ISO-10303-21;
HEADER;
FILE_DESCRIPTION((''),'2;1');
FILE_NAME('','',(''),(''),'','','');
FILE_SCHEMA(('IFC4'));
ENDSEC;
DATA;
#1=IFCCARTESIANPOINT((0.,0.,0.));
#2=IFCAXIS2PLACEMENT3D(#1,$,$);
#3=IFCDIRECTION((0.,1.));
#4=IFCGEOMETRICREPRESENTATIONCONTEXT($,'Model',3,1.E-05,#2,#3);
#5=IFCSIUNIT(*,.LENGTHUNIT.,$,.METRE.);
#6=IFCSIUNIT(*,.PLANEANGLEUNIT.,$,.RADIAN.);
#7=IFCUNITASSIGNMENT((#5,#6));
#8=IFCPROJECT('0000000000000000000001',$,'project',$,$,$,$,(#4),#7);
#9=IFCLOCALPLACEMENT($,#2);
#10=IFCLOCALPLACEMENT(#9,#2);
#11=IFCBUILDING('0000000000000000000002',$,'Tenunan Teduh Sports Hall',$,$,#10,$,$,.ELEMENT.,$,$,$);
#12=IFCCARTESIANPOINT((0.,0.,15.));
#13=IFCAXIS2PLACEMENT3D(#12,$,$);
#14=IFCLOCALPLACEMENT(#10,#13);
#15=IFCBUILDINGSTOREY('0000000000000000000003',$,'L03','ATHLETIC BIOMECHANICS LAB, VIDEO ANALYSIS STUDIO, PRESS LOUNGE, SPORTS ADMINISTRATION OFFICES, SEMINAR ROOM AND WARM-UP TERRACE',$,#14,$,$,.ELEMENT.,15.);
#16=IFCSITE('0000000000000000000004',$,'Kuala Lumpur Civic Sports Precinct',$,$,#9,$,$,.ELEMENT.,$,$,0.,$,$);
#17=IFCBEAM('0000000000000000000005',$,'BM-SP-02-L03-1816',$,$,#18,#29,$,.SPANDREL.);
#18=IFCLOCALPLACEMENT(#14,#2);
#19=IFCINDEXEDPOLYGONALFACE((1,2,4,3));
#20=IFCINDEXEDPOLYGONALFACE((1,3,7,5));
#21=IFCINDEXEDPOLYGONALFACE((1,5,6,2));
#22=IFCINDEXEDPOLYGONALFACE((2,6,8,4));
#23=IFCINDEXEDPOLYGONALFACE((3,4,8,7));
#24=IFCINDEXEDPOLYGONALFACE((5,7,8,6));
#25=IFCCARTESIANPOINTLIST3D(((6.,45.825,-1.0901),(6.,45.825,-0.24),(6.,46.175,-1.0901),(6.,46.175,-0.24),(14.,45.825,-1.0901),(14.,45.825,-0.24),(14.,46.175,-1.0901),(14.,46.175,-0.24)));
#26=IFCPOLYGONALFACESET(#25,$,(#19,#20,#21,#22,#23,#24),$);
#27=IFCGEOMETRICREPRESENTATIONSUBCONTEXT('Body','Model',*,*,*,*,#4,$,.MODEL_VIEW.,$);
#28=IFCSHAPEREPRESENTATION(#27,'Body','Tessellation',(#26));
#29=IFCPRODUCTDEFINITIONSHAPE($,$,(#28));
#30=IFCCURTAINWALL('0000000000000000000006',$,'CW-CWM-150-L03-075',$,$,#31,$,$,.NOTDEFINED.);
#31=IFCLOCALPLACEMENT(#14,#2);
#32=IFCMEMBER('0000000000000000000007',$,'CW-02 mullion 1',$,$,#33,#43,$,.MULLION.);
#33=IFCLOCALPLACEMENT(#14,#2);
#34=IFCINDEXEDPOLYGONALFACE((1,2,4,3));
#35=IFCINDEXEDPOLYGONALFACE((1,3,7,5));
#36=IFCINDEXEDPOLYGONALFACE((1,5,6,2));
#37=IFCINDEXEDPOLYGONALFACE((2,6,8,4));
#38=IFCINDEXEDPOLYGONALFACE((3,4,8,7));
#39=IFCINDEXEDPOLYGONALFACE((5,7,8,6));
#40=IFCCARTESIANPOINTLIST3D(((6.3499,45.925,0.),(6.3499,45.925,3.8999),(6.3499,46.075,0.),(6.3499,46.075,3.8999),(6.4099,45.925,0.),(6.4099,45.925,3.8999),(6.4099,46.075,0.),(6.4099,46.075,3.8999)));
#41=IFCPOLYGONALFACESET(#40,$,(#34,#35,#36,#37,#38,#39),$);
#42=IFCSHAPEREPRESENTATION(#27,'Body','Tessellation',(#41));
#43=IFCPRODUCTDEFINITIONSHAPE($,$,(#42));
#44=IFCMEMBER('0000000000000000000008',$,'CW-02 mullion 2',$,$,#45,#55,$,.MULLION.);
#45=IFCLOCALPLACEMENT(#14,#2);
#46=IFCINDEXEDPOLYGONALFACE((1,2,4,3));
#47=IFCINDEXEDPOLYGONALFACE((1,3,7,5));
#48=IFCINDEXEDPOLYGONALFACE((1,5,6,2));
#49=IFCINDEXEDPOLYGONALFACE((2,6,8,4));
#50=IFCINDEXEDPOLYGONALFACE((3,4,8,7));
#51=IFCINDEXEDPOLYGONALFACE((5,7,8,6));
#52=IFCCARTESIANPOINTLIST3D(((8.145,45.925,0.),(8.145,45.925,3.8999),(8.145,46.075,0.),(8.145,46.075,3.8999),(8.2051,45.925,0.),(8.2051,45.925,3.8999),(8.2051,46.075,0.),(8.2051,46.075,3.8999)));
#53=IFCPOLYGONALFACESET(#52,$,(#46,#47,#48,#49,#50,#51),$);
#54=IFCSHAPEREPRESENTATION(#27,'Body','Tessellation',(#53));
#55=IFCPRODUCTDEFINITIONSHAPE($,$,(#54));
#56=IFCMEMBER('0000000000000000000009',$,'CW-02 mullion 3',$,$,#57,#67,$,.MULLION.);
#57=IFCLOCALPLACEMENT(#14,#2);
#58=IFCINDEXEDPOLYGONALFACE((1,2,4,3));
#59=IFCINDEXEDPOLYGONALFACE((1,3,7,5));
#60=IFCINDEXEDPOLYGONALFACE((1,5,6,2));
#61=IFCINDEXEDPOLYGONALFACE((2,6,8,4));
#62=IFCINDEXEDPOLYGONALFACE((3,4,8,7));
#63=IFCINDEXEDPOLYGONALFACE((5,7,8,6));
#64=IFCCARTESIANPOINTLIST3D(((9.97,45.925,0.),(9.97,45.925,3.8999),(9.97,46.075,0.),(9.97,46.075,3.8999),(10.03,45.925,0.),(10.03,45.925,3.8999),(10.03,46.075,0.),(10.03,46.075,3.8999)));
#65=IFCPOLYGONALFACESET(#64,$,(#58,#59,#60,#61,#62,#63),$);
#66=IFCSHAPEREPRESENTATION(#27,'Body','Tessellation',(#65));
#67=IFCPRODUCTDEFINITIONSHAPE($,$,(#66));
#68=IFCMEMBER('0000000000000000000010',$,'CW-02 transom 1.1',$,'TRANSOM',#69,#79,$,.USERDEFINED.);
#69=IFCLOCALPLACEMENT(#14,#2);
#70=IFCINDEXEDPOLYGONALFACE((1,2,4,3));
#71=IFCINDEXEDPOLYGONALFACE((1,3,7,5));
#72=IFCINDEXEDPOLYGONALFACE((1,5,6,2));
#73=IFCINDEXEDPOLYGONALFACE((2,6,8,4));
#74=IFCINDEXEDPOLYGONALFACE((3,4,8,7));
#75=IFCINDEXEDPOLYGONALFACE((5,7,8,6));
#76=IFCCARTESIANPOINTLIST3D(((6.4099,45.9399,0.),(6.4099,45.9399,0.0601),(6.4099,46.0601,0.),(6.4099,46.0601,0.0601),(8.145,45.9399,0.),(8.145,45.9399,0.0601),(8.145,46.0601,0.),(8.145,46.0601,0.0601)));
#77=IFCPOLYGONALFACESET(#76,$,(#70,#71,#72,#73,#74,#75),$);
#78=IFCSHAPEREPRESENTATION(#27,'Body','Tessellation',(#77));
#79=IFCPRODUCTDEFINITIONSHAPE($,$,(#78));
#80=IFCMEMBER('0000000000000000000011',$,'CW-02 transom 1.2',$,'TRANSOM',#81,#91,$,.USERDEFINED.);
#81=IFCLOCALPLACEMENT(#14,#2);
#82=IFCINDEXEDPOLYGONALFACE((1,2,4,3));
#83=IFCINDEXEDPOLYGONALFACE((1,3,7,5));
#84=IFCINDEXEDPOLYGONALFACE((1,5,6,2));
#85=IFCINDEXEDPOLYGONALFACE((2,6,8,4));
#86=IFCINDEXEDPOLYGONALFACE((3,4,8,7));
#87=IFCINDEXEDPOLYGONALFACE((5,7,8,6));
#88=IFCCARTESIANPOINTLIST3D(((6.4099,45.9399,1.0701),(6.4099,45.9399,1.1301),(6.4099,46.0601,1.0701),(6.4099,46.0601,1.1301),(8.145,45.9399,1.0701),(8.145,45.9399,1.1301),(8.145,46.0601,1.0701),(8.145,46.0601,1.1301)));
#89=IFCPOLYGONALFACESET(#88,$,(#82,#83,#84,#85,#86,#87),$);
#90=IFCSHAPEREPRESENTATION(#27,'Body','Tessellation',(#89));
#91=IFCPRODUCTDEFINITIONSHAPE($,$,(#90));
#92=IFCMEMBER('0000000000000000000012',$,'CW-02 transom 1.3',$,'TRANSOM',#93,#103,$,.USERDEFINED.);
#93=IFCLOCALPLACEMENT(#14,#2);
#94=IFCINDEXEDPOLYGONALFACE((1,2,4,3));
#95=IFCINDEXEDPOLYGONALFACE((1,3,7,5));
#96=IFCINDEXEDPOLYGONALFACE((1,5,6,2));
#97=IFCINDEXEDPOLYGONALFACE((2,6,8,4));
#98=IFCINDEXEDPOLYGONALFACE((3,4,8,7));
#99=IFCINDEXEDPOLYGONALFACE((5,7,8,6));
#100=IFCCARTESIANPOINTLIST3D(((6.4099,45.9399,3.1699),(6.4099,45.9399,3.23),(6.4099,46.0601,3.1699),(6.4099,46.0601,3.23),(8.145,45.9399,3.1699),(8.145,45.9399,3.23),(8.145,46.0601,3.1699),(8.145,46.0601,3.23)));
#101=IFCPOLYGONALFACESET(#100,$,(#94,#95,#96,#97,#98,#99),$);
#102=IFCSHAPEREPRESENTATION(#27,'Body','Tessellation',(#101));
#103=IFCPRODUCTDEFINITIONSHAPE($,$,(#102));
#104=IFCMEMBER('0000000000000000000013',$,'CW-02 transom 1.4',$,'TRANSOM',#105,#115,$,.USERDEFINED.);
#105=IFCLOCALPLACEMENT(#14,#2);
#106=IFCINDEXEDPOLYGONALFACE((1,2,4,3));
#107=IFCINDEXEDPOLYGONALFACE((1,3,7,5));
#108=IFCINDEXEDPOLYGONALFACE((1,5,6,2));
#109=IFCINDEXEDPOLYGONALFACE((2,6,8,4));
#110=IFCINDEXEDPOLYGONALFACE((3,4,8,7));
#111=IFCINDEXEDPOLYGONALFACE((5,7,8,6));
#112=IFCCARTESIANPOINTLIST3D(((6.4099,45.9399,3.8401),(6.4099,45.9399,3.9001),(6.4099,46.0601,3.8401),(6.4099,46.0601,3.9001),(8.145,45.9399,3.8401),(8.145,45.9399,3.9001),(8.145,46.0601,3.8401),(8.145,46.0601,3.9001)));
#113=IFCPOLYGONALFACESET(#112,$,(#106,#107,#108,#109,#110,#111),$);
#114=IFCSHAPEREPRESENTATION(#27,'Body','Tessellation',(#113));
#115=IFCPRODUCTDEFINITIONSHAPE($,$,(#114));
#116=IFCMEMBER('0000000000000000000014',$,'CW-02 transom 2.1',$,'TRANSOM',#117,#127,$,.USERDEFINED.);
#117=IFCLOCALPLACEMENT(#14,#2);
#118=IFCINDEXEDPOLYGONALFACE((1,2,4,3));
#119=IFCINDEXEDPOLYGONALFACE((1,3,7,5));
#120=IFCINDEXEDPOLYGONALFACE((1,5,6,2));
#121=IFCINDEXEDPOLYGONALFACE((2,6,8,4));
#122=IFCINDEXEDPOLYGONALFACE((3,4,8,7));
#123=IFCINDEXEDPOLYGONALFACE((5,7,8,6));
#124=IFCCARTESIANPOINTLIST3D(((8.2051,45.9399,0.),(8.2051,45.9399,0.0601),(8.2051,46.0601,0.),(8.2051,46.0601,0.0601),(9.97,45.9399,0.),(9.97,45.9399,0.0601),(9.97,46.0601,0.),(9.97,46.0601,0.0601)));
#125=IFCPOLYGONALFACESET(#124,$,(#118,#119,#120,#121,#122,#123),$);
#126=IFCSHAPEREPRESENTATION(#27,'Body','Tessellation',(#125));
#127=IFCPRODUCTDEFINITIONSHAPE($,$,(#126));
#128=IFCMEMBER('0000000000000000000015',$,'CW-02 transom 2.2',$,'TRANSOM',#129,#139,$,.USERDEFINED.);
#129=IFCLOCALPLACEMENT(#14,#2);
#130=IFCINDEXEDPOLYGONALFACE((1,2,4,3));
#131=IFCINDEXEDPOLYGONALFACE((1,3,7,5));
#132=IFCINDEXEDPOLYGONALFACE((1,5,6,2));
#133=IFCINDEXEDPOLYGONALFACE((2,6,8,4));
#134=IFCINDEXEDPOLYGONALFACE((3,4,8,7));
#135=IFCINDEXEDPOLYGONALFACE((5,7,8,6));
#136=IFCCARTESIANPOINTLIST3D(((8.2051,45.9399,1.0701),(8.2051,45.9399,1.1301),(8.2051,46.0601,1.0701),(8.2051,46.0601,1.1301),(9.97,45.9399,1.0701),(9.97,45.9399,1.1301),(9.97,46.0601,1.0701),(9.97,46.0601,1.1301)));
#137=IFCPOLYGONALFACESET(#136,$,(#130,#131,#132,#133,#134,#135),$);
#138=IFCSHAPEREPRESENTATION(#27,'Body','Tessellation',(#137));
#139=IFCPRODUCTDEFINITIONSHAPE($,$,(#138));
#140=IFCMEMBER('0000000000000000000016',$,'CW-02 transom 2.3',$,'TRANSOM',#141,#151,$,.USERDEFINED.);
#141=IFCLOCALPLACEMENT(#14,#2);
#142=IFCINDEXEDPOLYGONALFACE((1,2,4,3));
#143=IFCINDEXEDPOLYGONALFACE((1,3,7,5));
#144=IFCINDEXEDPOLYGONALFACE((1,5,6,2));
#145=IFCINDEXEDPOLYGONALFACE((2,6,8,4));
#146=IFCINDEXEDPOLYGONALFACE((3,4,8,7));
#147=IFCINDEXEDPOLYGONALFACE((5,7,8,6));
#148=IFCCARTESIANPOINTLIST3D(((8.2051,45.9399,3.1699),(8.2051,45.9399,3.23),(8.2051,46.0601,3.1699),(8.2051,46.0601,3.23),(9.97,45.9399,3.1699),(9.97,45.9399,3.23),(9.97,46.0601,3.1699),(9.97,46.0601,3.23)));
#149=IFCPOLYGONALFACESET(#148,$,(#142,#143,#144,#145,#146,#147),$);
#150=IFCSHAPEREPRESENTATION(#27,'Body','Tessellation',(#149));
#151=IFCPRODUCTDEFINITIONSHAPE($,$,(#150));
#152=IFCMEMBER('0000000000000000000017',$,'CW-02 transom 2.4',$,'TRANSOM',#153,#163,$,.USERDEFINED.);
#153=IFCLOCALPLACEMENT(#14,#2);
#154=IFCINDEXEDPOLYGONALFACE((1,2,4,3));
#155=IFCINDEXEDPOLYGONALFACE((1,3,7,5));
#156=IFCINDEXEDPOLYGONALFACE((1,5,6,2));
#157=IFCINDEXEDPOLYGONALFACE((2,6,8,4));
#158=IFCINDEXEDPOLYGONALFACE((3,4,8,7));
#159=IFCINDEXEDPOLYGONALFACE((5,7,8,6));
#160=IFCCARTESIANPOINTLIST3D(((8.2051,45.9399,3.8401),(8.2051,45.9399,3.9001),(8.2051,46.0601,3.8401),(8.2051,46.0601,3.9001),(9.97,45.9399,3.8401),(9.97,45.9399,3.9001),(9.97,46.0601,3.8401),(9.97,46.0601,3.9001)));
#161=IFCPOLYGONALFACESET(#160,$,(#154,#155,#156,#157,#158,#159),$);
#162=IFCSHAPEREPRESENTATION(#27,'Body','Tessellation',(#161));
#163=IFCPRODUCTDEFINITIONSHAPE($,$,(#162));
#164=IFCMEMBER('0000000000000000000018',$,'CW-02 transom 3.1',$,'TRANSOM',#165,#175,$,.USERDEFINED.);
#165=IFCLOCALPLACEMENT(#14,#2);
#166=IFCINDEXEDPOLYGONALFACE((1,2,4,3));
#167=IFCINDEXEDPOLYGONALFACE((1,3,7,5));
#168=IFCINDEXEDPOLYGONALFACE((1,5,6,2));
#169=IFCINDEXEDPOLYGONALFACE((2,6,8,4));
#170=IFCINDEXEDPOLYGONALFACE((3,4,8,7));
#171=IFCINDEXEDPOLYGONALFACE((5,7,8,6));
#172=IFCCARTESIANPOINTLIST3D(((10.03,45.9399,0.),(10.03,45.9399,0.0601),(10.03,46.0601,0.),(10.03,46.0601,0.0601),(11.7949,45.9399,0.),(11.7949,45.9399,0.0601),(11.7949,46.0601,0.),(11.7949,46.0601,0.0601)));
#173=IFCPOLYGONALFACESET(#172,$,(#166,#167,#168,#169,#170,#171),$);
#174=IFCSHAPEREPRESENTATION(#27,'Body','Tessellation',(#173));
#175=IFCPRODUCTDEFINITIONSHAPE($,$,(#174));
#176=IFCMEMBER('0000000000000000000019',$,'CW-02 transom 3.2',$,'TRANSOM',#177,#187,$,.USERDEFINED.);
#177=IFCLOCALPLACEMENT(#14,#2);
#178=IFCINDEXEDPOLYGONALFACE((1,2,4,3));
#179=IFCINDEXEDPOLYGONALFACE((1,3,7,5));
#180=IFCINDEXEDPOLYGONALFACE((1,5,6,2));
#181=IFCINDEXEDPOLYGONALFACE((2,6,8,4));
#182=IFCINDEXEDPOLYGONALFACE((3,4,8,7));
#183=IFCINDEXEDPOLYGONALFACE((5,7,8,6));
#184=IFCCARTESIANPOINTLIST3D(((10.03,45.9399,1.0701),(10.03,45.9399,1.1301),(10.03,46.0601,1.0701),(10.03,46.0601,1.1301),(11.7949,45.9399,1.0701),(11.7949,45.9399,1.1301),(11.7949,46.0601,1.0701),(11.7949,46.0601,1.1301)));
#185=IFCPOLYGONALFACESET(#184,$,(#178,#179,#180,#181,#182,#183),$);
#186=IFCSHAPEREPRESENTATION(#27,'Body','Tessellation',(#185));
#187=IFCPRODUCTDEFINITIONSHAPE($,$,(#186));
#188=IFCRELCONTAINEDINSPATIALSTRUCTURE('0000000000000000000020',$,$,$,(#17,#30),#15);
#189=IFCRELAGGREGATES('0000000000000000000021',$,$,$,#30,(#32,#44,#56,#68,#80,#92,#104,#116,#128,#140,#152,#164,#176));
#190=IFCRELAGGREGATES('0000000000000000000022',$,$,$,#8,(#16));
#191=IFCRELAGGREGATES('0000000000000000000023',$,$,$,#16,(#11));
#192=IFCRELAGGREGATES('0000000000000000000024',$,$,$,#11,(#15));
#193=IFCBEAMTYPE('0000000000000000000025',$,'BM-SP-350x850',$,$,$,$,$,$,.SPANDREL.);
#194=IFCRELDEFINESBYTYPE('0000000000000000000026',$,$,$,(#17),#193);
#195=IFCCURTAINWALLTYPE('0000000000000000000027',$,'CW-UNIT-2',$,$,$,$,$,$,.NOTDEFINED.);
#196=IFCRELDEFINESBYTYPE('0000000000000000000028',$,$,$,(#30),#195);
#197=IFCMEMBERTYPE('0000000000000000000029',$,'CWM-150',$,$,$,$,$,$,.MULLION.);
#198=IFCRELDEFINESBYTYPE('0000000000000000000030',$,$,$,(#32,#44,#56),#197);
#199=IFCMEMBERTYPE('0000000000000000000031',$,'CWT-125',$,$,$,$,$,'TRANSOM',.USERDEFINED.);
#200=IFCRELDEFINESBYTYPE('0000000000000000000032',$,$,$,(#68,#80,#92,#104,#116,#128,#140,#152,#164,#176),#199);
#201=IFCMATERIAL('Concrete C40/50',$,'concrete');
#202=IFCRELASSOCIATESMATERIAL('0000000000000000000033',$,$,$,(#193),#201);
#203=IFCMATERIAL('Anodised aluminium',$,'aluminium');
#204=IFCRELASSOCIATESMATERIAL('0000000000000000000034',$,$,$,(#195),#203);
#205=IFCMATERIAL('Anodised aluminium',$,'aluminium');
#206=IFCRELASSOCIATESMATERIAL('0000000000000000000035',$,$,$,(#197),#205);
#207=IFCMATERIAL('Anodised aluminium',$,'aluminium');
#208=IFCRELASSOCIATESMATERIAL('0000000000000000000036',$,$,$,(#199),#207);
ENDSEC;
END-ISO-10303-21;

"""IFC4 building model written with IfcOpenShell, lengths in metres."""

from ifc_helpers import new_model, si_unit, direction, frame, origin, origin_2d, place, context, subcontext, project, spatial, rectangle, extrude, material, material_profile, profile_set, type_object, element, aggregate, save


model = new_model("IFC4")

# Units and contexts
model_context = context("Model", 3, precision=1e-05, world=origin(), true_north=direction((0.0, 1.0)))
body_context = subcontext(model_context, "Body", "Model", "MODEL_VIEW")
ifc_project = project(units=[si_unit("LENGTHUNIT", "METRE"), si_unit("PLANEANGLEUNIT", "RADIAN")], contexts=[model_context])

# Site, building, storey
site_placement = place(None, origin())
site = spatial("IfcSite", under=ifc_project, at=site_placement, Name="Kuala Lumpur Civic Sports Precinct", CompositionType="ELEMENT", RefElevation=0.0)
building_placement = place(site_placement, origin())
building = spatial("IfcBuilding", under=site, at=building_placement, Name="Tenunan Teduh Sports Hall", CompositionType="ELEMENT")
storey_placement = place(building_placement, frame((0.0, 0.0, 15.0)))
storey = spatial("IfcBuildingStorey", under=building, at=storey_placement, Name="L03", Description="ATHLETIC BIOMECHANICS LAB, VIDEO ANALYSIS STUDIO, PRESS LOUNGE, SPORTS ADMINISTRATION OFFICES, SEMINAR ROOM AND WARM-UP TERRACE", CompositionType="ELEMENT", Elevation=15.0)

# Beam
ifc_material_1 = material(Name="Concrete C40/50", Category="concrete")
ifc_material_profile_1 = material_profile(ifc_material_1, rectangle(XDim=0.3501, YDim=0.8501, at=origin_2d()), Name="SPB 350x850")
ifc_profile_set_1 = profile_set([ifc_material_profile_1], Name="Concrete C40/50")
beam_type = type_object("IfcBeamType", Name="BM-SP-350x850", PredefinedType="SPANDREL", material=ifc_profile_set_1)
beam_placement = place(storey_placement, frame((6.0, 46.0, -0.665), z_axis=(1.0, 0.0, 0.0), x_axis=(0.0, 1.0, 0.0)))
element("IfcBeam", 1, at=beam_placement, inside=storey, type_object=beam_type, Name="BM-SP-02-L03-1816", PredefinedType="SPANDREL", context=body_context, shape_type="SweptSolid", body=[
    extrude(rectangle(XDim=0.3501, YDim=0.8501, at=origin_2d()), origin(), (0.0, 0.0, 1.0), 8.0),
])

# Curtain wall, members
ifc_material_2 = material(Name="Anodised aluminium", Category="aluminium")
curtain_wall_type = type_object("IfcCurtainWallType", Name="CW-UNIT-2", PredefinedType="NOTDEFINED", material=ifc_material_2)
curtain_wall_placement = place(storey_placement, origin())
curtain_wall = element("IfcCurtainWall", 2, at=curtain_wall_placement, inside=storey, type_object=curtain_wall_type, Name="CW-CWM-150-L03-075", PredefinedType="NOTDEFINED")
ifc_material_3 = material(Name="Anodised aluminium", Category="aluminium")
ifc_material_profile_2 = material_profile(ifc_material_3, rectangle(XDim=0.0601, YDim=0.1499, at=origin_2d()), Name="CWM 60x150")
ifc_profile_set_2 = profile_set([ifc_material_profile_2], Name="Anodised aluminium")
member_type_1 = type_object("IfcMemberType", Name="CWM-150", PredefinedType="MULLION", material=ifc_profile_set_2)
member_1_placement = place(storey_placement, frame((6.3799, 46.0, 0.0), z_axis=(0.0, 0.0, 1.0), x_axis=(1.0, 0.0, 0.0)))
member_1 = element("IfcMember", 3, at=member_1_placement, type_object=member_type_1, Name="CW-02 mullion 1", PredefinedType="MULLION", context=body_context, shape_type="SweptSolid", body=[
    extrude(rectangle(XDim=0.0601, YDim=0.1499, at=origin_2d()), origin(), (0.0, 0.0, 1.0), 3.8999),
])
member_2_placement = place(storey_placement, frame((8.175, 46.0, 0.0), z_axis=(0.0, 0.0, 1.0), x_axis=(1.0, 0.0, 0.0)))
member_2 = element("IfcMember", 4, at=member_2_placement, type_object=member_type_1, Name="CW-02 mullion 2", PredefinedType="MULLION", context=body_context, shape_type="SweptSolid", body=[
    extrude(rectangle(XDim=0.0601, YDim=0.1499, at=origin_2d()), origin(), (0.0, 0.0, 1.0), 3.8999),
])
member_3_placement = place(storey_placement, frame((10.0, 46.0, 0.0), z_axis=(0.0, 0.0, 1.0), x_axis=(1.0, 0.0, 0.0)))
member_3 = element("IfcMember", 5, at=member_3_placement, type_object=member_type_1, Name="CW-02 mullion 3", PredefinedType="MULLION", context=body_context, shape_type="SweptSolid", body=[
    extrude(rectangle(XDim=0.0601, YDim=0.1499, at=origin_2d()), origin(), (0.0, 0.0, 1.0), 3.8999),
])
ifc_material_4 = material(Name="Anodised aluminium", Category="aluminium")
ifc_material_profile_3 = material_profile(ifc_material_4, rectangle(XDim=0.0601, YDim=0.1201, at=origin_2d()), Name="CWT 60x120")
ifc_profile_set_3 = profile_set([ifc_material_profile_3], Name="Anodised aluminium")
member_type_2 = type_object("IfcMemberType", Name="CWT-125", ElementType="TRANSOM", PredefinedType="USERDEFINED", material=ifc_profile_set_3)
member_4_placement = place(storey_placement, frame((6.4099, 46.0, 0.03), z_axis=(1.0, 0.0, 0.0), x_axis=(0.0, 0.0, 1.0)))
member_4 = element("IfcMember", 6, at=member_4_placement, type_object=member_type_2, Name="CW-02 transom 1.1", ObjectType="TRANSOM", PredefinedType="USERDEFINED", context=body_context, shape_type="SweptSolid", body=[
    extrude(rectangle(XDim=0.0601, YDim=0.1201, at=origin_2d()), origin(), (0.0, 0.0, 1.0), 1.7351),
])
member_5_placement = place(storey_placement, frame((6.4099, 46.0, 1.1001), z_axis=(1.0, 0.0, 0.0), x_axis=(0.0, 0.0, 1.0)))
member_5 = element("IfcMember", 7, at=member_5_placement, type_object=member_type_2, Name="CW-02 transom 1.2", ObjectType="TRANSOM", PredefinedType="USERDEFINED", context=body_context, shape_type="SweptSolid", body=[
    extrude(rectangle(XDim=0.0601, YDim=0.1201, at=origin_2d()), origin(), (0.0, 0.0, 1.0), 1.7351),
])
member_6_placement = place(storey_placement, frame((6.4099, 46.0, 3.2), z_axis=(1.0, 0.0, 0.0), x_axis=(0.0, 0.0, 1.0)))
member_6 = element("IfcMember", 8, at=member_6_placement, type_object=member_type_2, Name="CW-02 transom 1.3", ObjectType="TRANSOM", PredefinedType="USERDEFINED", context=body_context, shape_type="SweptSolid", body=[
    extrude(rectangle(XDim=0.0601, YDim=0.1201, at=origin_2d()), origin(), (0.0, 0.0, 1.0), 1.7351),
])
member_7_placement = place(storey_placement, frame((6.4099, 46.0, 3.8701), z_axis=(1.0, 0.0, 0.0), x_axis=(0.0, 0.0, 1.0)))
member_7 = element("IfcMember", 9, at=member_7_placement, type_object=member_type_2, Name="CW-02 transom 1.4", ObjectType="TRANSOM", PredefinedType="USERDEFINED", context=body_context, shape_type="SweptSolid", body=[
    extrude(rectangle(XDim=0.0601, YDim=0.1201, at=origin_2d()), origin(), (0.0, 0.0, 1.0), 1.7351),
])
member_8_placement = place(storey_placement, frame((8.2051, 46.0, 0.03), z_axis=(1.0, 0.0, 0.0), x_axis=(0.0, 0.0, 1.0)))
member_8 = element("IfcMember", 10, at=member_8_placement, type_object=member_type_2, Name="CW-02 transom 2.1", ObjectType="TRANSOM", PredefinedType="USERDEFINED", context=body_context, shape_type="SweptSolid", body=[
    extrude(rectangle(XDim=0.0601, YDim=0.1201, at=origin_2d()), origin(), (0.0, 0.0, 1.0), 1.7649),
])
member_9_placement = place(storey_placement, frame((8.2051, 46.0, 1.1001), z_axis=(1.0, 0.0, 0.0), x_axis=(0.0, 0.0, 1.0)))
member_9 = element("IfcMember", 11, at=member_9_placement, type_object=member_type_2, Name="CW-02 transom 2.2", ObjectType="TRANSOM", PredefinedType="USERDEFINED", context=body_context, shape_type="SweptSolid", body=[
    extrude(rectangle(XDim=0.0601, YDim=0.1201, at=origin_2d()), origin(), (0.0, 0.0, 1.0), 1.7649),
])
member_10_placement = place(storey_placement, frame((8.2051, 46.0, 3.2), z_axis=(1.0, 0.0, 0.0), x_axis=(0.0, 0.0, 1.0)))
member_10 = element("IfcMember", 12, at=member_10_placement, type_object=member_type_2, Name="CW-02 transom 2.3", ObjectType="TRANSOM", PredefinedType="USERDEFINED", context=body_context, shape_type="SweptSolid", body=[
    extrude(rectangle(XDim=0.0601, YDim=0.1201, at=origin_2d()), origin(), (0.0, 0.0, 1.0), 1.7649),
])
member_11_placement = place(storey_placement, frame((8.2051, 46.0, 3.8701), z_axis=(1.0, 0.0, 0.0), x_axis=(0.0, 0.0, 1.0)))
member_11 = element("IfcMember", 13, at=member_11_placement, type_object=member_type_2, Name="CW-02 transom 2.4", ObjectType="TRANSOM", PredefinedType="USERDEFINED", context=body_context, shape_type="SweptSolid", body=[
    extrude(rectangle(XDim=0.0601, YDim=0.1201, at=origin_2d()), origin(), (0.0, 0.0, 1.0), 1.7649),
])
member_12_placement = place(storey_placement, frame((10.03, 46.0, 0.03), z_axis=(1.0, 0.0, 0.0), x_axis=(0.0, 0.0, 1.0)))
member_12 = element("IfcMember", 14, at=member_12_placement, type_object=member_type_2, Name="CW-02 transom 3.1", ObjectType="TRANSOM", PredefinedType="USERDEFINED", context=body_context, shape_type="SweptSolid", body=[
    extrude(rectangle(XDim=0.0601, YDim=0.1201, at=origin_2d()), origin(), (0.0, 0.0, 1.0), 1.7649),
])
member_13_placement = place(storey_placement, frame((10.03, 46.0, 1.1001), z_axis=(1.0, 0.0, 0.0), x_axis=(0.0, 0.0, 1.0)))
member_13 = element("IfcMember", 15, at=member_13_placement, type_object=member_type_2, Name="CW-02 transom 3.2", ObjectType="TRANSOM", PredefinedType="USERDEFINED", context=body_context, shape_type="SweptSolid", body=[
    extrude(rectangle(XDim=0.0601, YDim=0.1201, at=origin_2d()), origin(), (0.0, 0.0, 1.0), 1.7649),
])
aggregate(curtain_wall, [member_1, member_2, member_3, member_4, member_5, member_6, member_7, member_8, member_9, member_10, member_11, member_12, member_13])

save(model, "model.ifc")
